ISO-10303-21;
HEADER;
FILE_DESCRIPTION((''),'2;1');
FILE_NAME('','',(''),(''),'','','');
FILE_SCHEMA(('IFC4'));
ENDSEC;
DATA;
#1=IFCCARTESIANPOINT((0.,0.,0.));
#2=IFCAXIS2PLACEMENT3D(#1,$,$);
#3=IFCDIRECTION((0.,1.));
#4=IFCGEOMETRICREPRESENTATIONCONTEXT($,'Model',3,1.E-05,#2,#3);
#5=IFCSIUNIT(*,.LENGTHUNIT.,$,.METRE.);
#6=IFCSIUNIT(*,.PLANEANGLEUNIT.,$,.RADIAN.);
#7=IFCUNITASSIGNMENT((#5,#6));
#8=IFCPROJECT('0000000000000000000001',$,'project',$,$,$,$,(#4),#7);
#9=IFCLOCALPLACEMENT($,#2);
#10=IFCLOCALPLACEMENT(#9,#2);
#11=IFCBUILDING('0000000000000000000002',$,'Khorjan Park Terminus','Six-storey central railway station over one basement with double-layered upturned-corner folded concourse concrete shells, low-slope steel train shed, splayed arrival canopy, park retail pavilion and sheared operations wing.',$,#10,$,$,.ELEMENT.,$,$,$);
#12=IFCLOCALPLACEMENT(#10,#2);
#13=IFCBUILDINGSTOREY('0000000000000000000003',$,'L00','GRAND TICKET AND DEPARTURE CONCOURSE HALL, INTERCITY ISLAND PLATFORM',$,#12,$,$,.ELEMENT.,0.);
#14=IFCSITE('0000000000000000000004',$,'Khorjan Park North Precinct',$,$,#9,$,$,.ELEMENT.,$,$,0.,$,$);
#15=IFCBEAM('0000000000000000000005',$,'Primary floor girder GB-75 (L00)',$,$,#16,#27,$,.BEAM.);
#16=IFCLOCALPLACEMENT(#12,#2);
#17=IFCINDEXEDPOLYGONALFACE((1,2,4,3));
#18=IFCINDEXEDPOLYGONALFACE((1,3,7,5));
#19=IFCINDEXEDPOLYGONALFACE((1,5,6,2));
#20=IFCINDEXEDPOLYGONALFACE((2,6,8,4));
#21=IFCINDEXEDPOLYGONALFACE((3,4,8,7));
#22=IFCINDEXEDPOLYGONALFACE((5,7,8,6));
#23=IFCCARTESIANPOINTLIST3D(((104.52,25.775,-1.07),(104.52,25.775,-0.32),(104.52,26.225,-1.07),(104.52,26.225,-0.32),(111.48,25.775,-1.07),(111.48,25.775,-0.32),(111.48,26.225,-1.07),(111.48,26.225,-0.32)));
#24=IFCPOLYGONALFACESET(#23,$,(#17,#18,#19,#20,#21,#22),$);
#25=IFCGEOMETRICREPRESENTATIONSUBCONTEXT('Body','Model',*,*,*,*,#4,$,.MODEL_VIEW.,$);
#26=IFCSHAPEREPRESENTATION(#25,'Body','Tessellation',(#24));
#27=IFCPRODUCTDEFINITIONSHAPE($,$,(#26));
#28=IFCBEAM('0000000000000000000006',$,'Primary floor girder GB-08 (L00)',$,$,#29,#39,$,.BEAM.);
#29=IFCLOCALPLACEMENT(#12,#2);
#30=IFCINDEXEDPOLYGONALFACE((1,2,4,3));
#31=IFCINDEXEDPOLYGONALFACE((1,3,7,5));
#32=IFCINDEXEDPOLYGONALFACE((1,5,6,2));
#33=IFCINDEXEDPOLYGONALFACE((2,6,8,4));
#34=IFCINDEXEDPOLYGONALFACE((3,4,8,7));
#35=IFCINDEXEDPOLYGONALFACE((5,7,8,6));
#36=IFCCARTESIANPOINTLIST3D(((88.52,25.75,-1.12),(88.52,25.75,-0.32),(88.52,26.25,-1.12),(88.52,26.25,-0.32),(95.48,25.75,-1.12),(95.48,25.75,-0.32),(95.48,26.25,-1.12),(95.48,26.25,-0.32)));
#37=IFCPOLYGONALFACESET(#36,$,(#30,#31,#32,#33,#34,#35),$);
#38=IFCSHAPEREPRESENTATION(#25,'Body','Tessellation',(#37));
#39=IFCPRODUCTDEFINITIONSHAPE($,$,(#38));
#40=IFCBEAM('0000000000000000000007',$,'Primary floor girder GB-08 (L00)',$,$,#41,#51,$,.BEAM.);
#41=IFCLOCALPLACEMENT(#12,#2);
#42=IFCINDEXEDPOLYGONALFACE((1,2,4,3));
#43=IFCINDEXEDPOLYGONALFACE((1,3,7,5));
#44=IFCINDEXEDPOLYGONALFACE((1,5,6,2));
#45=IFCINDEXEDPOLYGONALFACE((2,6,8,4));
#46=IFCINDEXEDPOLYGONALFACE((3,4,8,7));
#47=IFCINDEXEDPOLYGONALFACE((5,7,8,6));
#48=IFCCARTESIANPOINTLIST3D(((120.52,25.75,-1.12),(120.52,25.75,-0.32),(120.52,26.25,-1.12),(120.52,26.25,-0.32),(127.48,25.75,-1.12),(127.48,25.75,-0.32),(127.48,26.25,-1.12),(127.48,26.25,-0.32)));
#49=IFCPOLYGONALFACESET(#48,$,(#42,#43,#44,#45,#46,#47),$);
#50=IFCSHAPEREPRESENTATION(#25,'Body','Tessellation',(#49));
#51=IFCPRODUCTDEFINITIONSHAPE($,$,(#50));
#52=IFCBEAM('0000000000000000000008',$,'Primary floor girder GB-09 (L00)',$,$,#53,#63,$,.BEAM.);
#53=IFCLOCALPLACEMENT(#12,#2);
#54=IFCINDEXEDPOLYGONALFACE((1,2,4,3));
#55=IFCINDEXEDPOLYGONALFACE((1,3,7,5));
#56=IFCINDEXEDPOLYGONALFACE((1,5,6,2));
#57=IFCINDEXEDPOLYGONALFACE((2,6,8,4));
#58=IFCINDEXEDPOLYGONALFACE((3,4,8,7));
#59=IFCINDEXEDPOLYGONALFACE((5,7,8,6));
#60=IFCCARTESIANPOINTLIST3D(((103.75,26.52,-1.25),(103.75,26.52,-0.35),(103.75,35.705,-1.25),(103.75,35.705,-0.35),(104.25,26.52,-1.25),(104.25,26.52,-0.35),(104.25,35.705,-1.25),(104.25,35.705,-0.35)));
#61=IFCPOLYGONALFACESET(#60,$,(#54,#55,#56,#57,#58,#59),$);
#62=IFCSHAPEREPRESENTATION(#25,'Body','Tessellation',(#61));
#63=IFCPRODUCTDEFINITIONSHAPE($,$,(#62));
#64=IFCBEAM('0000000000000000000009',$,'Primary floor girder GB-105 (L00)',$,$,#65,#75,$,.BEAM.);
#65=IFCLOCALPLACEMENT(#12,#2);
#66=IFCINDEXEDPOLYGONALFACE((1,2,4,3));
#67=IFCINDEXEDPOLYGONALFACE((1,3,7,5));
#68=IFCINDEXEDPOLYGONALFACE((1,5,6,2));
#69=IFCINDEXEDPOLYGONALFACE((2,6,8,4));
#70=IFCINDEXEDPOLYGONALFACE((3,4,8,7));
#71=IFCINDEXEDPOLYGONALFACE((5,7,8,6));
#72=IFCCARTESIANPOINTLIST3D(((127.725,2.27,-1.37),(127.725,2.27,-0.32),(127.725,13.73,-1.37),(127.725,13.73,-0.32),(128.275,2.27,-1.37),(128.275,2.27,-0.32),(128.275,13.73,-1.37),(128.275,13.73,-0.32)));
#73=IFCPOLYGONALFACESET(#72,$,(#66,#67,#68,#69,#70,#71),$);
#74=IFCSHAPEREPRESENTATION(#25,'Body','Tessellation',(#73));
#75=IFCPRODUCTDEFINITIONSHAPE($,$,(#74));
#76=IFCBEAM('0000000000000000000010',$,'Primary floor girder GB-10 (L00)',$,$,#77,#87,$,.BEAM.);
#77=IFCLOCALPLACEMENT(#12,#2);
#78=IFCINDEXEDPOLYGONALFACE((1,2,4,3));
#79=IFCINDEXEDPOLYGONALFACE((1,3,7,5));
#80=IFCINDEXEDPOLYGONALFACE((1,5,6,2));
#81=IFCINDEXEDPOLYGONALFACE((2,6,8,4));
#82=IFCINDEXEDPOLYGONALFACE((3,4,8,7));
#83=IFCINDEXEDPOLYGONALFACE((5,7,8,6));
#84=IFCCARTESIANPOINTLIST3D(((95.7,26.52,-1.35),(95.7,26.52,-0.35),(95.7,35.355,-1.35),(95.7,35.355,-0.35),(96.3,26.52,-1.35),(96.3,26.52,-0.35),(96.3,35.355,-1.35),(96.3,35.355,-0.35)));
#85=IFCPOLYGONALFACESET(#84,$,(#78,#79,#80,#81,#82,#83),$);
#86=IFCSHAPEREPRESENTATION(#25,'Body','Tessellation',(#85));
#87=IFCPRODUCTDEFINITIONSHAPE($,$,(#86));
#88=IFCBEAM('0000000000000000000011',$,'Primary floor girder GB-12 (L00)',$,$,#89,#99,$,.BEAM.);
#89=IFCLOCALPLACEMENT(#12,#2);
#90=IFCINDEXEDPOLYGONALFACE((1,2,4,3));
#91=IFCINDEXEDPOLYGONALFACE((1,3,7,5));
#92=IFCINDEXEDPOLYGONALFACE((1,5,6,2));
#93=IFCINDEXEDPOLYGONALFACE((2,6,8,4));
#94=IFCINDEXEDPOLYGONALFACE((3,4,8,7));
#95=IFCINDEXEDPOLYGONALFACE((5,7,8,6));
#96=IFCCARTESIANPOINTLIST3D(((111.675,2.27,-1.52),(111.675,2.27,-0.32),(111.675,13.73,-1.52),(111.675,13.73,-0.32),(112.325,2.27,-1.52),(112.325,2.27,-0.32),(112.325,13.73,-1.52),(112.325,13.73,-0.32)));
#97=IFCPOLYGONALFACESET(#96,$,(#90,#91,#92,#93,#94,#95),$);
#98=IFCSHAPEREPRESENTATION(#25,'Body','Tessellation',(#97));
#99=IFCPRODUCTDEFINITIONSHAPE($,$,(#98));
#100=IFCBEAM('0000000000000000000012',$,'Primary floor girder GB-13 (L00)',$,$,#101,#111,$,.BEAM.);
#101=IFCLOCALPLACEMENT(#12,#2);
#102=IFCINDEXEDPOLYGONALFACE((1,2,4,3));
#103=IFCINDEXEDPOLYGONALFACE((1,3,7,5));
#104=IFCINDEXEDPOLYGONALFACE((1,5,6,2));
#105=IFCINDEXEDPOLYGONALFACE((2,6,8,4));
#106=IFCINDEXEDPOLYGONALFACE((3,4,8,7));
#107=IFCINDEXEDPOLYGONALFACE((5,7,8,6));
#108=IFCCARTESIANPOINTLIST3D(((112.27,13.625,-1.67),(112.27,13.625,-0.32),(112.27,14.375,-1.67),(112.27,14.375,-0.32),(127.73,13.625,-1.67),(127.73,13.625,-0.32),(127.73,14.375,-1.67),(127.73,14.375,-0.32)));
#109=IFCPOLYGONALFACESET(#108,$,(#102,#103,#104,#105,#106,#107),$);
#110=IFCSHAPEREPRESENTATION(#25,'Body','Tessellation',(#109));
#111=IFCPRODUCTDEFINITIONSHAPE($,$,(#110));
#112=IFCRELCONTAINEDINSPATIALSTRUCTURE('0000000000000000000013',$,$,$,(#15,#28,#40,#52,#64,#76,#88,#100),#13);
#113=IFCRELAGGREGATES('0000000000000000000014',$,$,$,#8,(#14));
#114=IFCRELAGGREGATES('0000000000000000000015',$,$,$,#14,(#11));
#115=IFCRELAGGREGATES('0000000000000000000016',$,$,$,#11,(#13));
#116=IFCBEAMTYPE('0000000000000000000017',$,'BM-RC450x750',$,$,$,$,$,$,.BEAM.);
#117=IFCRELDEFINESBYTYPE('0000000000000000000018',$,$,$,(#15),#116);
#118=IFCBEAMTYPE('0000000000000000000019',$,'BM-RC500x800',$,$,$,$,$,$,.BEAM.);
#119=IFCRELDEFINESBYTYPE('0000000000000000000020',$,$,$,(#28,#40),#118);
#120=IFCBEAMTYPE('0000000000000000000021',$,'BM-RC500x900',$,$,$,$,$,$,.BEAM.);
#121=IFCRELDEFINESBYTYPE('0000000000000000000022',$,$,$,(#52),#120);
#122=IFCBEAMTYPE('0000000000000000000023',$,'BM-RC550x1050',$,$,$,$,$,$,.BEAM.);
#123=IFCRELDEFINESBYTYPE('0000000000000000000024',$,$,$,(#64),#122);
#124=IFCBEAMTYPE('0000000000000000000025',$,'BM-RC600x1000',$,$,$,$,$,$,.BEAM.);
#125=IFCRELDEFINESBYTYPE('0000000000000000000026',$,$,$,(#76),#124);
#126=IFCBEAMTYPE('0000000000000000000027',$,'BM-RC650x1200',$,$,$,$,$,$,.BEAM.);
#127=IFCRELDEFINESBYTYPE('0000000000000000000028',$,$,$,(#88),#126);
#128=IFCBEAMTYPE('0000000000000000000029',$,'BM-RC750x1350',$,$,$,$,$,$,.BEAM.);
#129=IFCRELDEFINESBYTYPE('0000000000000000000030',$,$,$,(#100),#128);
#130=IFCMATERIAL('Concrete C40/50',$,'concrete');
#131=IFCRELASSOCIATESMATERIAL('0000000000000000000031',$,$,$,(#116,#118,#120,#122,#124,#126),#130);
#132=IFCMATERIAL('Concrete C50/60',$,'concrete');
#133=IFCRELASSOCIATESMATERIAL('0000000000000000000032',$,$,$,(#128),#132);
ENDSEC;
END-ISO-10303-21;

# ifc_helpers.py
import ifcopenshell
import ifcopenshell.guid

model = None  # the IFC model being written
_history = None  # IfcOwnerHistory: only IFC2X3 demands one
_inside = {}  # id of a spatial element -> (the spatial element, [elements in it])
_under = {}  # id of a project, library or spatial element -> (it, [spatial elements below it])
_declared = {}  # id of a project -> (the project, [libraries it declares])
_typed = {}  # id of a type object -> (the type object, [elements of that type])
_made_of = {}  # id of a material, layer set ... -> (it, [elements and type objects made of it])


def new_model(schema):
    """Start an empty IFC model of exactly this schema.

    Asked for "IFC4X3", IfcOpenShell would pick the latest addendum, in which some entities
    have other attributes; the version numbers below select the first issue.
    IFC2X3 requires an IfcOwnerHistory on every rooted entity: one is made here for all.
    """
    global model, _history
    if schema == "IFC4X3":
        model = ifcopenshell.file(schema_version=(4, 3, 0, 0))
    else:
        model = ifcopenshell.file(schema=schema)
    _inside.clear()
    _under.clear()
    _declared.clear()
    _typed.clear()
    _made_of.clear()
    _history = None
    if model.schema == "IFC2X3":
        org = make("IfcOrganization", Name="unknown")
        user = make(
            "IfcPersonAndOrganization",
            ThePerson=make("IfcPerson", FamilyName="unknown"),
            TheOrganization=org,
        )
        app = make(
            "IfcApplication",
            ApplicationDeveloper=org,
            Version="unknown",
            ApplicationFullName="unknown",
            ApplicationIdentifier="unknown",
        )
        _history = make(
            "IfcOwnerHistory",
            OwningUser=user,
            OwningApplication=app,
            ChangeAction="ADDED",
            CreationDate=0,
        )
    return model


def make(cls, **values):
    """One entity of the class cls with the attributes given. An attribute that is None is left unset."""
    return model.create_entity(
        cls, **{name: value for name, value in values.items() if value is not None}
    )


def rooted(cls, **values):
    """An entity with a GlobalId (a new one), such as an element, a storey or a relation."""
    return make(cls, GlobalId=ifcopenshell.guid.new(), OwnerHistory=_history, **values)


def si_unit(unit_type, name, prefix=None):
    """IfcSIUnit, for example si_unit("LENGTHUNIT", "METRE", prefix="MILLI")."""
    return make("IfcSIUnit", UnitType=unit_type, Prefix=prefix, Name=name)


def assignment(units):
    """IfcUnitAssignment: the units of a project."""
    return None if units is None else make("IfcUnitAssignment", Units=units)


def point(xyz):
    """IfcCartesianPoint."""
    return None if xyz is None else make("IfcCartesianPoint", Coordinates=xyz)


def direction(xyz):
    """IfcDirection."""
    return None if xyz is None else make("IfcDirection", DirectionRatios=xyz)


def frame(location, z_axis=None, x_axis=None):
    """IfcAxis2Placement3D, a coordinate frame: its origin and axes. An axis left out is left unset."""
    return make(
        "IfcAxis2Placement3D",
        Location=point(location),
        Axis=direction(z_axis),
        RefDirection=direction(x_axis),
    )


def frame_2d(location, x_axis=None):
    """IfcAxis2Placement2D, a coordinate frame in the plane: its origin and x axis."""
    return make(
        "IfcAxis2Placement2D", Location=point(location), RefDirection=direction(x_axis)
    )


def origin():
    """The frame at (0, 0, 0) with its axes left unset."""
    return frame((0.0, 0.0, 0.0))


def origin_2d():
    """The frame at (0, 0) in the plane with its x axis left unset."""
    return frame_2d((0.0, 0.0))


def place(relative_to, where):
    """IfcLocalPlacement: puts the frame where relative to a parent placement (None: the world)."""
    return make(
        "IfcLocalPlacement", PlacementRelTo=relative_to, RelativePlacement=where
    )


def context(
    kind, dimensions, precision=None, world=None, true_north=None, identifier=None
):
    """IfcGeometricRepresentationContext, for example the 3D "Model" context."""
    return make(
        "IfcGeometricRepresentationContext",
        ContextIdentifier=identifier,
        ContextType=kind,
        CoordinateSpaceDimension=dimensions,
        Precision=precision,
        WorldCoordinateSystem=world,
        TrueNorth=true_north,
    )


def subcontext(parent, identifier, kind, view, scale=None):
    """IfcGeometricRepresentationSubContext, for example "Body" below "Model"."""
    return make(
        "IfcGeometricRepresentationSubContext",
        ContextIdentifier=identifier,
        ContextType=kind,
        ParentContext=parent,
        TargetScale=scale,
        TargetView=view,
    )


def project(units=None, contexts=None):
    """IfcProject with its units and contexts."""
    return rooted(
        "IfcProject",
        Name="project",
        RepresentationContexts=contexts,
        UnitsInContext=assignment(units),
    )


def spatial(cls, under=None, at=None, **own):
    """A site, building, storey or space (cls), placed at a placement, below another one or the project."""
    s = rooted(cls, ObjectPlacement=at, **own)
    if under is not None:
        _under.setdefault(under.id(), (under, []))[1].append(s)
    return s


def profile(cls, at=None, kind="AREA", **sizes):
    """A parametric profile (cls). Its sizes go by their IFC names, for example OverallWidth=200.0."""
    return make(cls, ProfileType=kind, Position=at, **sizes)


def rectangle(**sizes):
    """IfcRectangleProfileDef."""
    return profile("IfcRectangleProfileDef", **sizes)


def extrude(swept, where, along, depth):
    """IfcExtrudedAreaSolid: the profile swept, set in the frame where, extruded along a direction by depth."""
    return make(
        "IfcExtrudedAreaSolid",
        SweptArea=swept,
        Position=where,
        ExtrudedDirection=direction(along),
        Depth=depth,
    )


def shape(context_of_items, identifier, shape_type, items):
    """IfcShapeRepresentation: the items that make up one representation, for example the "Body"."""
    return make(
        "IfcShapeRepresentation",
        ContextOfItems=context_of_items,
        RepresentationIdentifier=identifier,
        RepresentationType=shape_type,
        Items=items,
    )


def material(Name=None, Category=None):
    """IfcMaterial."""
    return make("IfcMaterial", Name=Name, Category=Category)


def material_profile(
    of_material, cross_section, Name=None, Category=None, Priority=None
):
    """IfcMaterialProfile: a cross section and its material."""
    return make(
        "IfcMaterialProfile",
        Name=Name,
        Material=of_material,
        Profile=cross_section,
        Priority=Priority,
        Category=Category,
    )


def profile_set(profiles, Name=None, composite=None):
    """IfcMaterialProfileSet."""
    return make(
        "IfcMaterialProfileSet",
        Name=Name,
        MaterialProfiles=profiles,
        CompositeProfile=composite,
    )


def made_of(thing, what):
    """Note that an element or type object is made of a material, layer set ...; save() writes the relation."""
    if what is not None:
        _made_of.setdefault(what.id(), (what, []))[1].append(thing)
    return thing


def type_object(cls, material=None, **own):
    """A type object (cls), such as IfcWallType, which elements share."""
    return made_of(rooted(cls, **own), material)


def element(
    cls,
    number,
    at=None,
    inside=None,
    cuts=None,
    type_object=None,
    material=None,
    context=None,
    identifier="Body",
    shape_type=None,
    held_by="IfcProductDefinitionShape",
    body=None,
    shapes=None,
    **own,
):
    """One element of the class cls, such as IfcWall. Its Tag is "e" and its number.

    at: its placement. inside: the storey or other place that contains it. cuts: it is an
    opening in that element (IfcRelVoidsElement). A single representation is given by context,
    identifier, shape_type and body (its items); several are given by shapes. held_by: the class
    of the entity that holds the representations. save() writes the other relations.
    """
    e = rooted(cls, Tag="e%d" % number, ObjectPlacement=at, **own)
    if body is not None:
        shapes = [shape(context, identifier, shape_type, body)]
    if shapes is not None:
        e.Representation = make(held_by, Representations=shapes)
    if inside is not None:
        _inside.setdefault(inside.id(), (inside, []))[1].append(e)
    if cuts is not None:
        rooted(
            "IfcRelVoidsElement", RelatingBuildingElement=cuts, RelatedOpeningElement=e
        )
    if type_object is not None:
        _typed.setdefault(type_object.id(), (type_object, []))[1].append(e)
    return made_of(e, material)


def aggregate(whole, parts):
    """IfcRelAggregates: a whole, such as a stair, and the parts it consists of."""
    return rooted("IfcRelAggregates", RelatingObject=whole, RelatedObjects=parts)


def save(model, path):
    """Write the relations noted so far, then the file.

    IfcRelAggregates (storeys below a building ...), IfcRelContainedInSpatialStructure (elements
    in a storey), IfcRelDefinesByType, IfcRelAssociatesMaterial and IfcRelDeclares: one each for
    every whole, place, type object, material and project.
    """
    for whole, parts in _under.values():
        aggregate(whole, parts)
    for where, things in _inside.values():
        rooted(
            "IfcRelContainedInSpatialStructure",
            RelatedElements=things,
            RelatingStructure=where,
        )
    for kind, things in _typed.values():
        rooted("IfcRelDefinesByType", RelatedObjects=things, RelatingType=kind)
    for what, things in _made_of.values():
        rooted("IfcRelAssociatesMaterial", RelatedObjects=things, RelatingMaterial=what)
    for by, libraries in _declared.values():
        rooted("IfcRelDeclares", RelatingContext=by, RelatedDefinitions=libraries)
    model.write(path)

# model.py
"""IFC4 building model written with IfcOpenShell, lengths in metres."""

from ifc_helpers import new_model, si_unit, direction, frame, origin, origin_2d, place, context, subcontext, project, spatial, rectangle, extrude, material, material_profile, profile_set, type_object, element, save


model = new_model("IFC4")

# Units and contexts
model_context = context("Model", 3, precision=1e-05, world=origin(), true_north=direction((0.0, 1.0)))
body_context = subcontext(model_context, "Body", "Model", "MODEL_VIEW")
ifc_project = project(units=[si_unit("LENGTHUNIT", "METRE"), si_unit("PLANEANGLEUNIT", "RADIAN")], contexts=[model_context])

# Site, building, storey
site_placement = place(None, origin())
site = spatial("IfcSite", under=ifc_project, at=site_placement, Name="Khorjan Park North Precinct", CompositionType="ELEMENT", RefElevation=0.0)
building_placement = place(site_placement, origin())
building = spatial("IfcBuilding", under=site, at=building_placement, Name="Khorjan Park Terminus", Description="Six-storey central railway station over one basement with double-layered upturned-corner folded concourse concrete shells, low-slope steel train shed, splayed arrival canopy, park retail pavilion and sheared operations wing.", CompositionType="ELEMENT")
storey_placement = place(building_placement, origin())
storey = spatial("IfcBuildingStorey", under=building, at=storey_placement, Name="L00", Description="GRAND TICKET AND DEPARTURE CONCOURSE HALL, INTERCITY ISLAND PLATFORM", CompositionType="ELEMENT", Elevation=0.0)

# Shared definitions
ifc_material_1 = material(Name="Concrete C50/60", Category="concrete")

# Beams
ifc_material_2 = material(Name="Concrete C40/50", Category="concrete")
ifc_material_profile_1 = material_profile(ifc_material_2, rectangle(XDim=0.45, YDim=0.75, at=origin_2d()), Name="RC 450x750")
ifc_profile_set_1 = profile_set([ifc_material_profile_1], Name="Concrete C40/50")
beam_type_1 = type_object("IfcBeamType", Name="BM-RC450x750", PredefinedType="BEAM", material=ifc_profile_set_1)
beam_1_placement = place(storey_placement, frame((104.52, 26.0, -0.695), z_axis=(1.0, 0.0, 0.0), x_axis=(0.0, 1.0, 0.0)))
element("IfcBeam", 1, at=beam_1_placement, inside=storey, type_object=beam_type_1, Name="Primary floor girder GB-75 (L00)", PredefinedType="BEAM", context=body_context, shape_type="SweptSolid", body=[
    extrude(rectangle(XDim=0.45, YDim=0.75, at=origin_2d()), origin(), (0.0, 0.0, 1.0), 6.96),
])
ifc_material_profile_2 = material_profile(ifc_material_2, rectangle(XDim=0.5, YDim=0.8, at=origin_2d()), Name="RC 500x800")
ifc_profile_set_2 = profile_set([ifc_material_profile_2], Name="Concrete C40/50")
beam_type_2 = type_object("IfcBeamType", Name="BM-RC500x800", PredefinedType="BEAM", material=ifc_profile_set_2)
for number, where, z_axis, x_axis, name in (
    (2, (88.52, 26.0, -0.72), (1.0, 0.0, 0.0), (0.0, 1.0, 0.0), "Primary floor girder GB-08 (L00)"),
    (3, (120.52, 26.0, -0.72), (1.0, 0.0, 0.0), (0.0, 1.0, 0.0), "Primary floor girder GB-08 (L00)"),
):
    element("IfcBeam", number, at=place(storey_placement, frame(where, z_axis=z_axis, x_axis=x_axis)), inside=storey, type_object=beam_type_2, Name=name, PredefinedType="BEAM", context=body_context, shape_type="SweptSolid", body=[
        extrude(rectangle(XDim=0.5, YDim=0.8, at=origin_2d()), origin(), (0.0, 0.0, 1.0), 6.96),
    ])
ifc_material_profile_3 = material_profile(ifc_material_2, rectangle(XDim=0.5, YDim=0.9, at=origin_2d()), Name="RC 500x900")
ifc_profile_set_3 = profile_set([ifc_material_profile_3], Name="Concrete C40/50")
beam_type_3 = type_object("IfcBeamType", Name="BM-RC500x900", PredefinedType="BEAM", material=ifc_profile_set_3)
beam_2_placement = place(storey_placement, frame((104.0, 26.52, -0.8), z_axis=(0.0, 1.0, 0.0), x_axis=(-1.0, 0.0, 0.0)))
element("IfcBeam", 4, at=beam_2_placement, inside=storey, type_object=beam_type_3, Name="Primary floor girder GB-09 (L00)", PredefinedType="BEAM", context=body_context, shape_type="SweptSolid", body=[
    extrude(rectangle(XDim=0.5, YDim=0.9, at=origin_2d()), origin(), (0.0, 0.0, 1.0), 9.185),
])
ifc_material_profile_4 = material_profile(ifc_material_2, rectangle(XDim=0.55, YDim=1.05, at=origin_2d()), Name="RC 550x1050")
ifc_profile_set_4 = profile_set([ifc_material_profile_4], Name="Concrete C40/50")
beam_type_4 = type_object("IfcBeamType", Name="BM-RC550x1050", PredefinedType="BEAM", material=ifc_profile_set_4)
beam_3_placement = place(storey_placement, frame((128.0, 2.27, -0.845), z_axis=(0.0, 1.0, 0.0), x_axis=(-1.0, 0.0, 0.0)))
element("IfcBeam", 5, at=beam_3_placement, inside=storey, type_object=beam_type_4, Name="Primary floor girder GB-105 (L00)", PredefinedType="BEAM", context=body_context, shape_type="SweptSolid", body=[
    extrude(rectangle(XDim=0.55, YDim=1.05, at=origin_2d()), origin(), (0.0, 0.0, 1.0), 11.46),
])
ifc_material_profile_5 = material_profile(ifc_material_2, rectangle(XDim=0.6, YDim=1.0, at=origin_2d()), Name="RC 600x1000")
ifc_profile_set_5 = profile_set([ifc_material_profile_5], Name="Concrete C40/50")
beam_type_5 = type_object("IfcBeamType", Name="BM-RC600x1000", PredefinedType="BEAM", material=ifc_profile_set_5)
beam_4_placement = place(storey_placement, frame((96.0, 26.52, -0.85), z_axis=(0.0, 1.0, 0.0), x_axis=(-1.0, 0.0, 0.0)))
element("IfcBeam", 6, at=beam_4_placement, inside=storey, type_object=beam_type_5, Name="Primary floor girder GB-10 (L00)", PredefinedType="BEAM", context=body_context, shape_type="SweptSolid", body=[
    extrude(rectangle(XDim=0.6, YDim=1.0, at=origin_2d()), origin(), (0.0, 0.0, 1.0), 8.835),
])
ifc_material_profile_6 = material_profile(ifc_material_2, rectangle(XDim=0.65, YDim=1.2, at=origin_2d()), Name="RC 650x1200")
ifc_profile_set_6 = profile_set([ifc_material_profile_6], Name="Concrete C40/50")
beam_type_6 = type_object("IfcBeamType", Name="BM-RC650x1200", PredefinedType="BEAM", material=ifc_profile_set_6)
beam_5_placement = place(storey_placement, frame((112.0, 2.27, -0.92), z_axis=(0.0, 1.0, 0.0), x_axis=(-1.0, 0.0, 0.0)))
element("IfcBeam", 7, at=beam_5_placement, inside=storey, type_object=beam_type_6, Name="Primary floor girder GB-12 (L00)", PredefinedType="BEAM", context=body_context, shape_type="SweptSolid", body=[
    extrude(rectangle(XDim=0.65, YDim=1.2, at=origin_2d()), origin(), (0.0, 0.0, 1.0), 11.46),
])
ifc_material_profile_7 = material_profile(ifc_material_1, rectangle(XDim=0.75, YDim=1.35, at=origin_2d()), Name="RC 750x1350")
ifc_profile_set_7 = profile_set([ifc_material_profile_7], Name="Concrete C50/60")
beam_type_7 = type_object("IfcBeamType", Name="BM-RC750x1350", PredefinedType="BEAM", material=ifc_profile_set_7)
beam_6_placement = place(storey_placement, frame((112.27, 14.0, -0.995), z_axis=(1.0, 0.0, 0.0), x_axis=(0.0, 1.0, 0.0)))
element("IfcBeam", 8, at=beam_6_placement, inside=storey, type_object=beam_type_7, Name="Primary floor girder GB-13 (L00)", PredefinedType="BEAM", context=body_context, shape_type="SweptSolid", body=[
    extrude(rectangle(XDim=0.75, YDim=1.35, at=origin_2d()), origin(), (0.0, 0.0, 1.0), 15.46),
])

save(model, "model.ifc")
